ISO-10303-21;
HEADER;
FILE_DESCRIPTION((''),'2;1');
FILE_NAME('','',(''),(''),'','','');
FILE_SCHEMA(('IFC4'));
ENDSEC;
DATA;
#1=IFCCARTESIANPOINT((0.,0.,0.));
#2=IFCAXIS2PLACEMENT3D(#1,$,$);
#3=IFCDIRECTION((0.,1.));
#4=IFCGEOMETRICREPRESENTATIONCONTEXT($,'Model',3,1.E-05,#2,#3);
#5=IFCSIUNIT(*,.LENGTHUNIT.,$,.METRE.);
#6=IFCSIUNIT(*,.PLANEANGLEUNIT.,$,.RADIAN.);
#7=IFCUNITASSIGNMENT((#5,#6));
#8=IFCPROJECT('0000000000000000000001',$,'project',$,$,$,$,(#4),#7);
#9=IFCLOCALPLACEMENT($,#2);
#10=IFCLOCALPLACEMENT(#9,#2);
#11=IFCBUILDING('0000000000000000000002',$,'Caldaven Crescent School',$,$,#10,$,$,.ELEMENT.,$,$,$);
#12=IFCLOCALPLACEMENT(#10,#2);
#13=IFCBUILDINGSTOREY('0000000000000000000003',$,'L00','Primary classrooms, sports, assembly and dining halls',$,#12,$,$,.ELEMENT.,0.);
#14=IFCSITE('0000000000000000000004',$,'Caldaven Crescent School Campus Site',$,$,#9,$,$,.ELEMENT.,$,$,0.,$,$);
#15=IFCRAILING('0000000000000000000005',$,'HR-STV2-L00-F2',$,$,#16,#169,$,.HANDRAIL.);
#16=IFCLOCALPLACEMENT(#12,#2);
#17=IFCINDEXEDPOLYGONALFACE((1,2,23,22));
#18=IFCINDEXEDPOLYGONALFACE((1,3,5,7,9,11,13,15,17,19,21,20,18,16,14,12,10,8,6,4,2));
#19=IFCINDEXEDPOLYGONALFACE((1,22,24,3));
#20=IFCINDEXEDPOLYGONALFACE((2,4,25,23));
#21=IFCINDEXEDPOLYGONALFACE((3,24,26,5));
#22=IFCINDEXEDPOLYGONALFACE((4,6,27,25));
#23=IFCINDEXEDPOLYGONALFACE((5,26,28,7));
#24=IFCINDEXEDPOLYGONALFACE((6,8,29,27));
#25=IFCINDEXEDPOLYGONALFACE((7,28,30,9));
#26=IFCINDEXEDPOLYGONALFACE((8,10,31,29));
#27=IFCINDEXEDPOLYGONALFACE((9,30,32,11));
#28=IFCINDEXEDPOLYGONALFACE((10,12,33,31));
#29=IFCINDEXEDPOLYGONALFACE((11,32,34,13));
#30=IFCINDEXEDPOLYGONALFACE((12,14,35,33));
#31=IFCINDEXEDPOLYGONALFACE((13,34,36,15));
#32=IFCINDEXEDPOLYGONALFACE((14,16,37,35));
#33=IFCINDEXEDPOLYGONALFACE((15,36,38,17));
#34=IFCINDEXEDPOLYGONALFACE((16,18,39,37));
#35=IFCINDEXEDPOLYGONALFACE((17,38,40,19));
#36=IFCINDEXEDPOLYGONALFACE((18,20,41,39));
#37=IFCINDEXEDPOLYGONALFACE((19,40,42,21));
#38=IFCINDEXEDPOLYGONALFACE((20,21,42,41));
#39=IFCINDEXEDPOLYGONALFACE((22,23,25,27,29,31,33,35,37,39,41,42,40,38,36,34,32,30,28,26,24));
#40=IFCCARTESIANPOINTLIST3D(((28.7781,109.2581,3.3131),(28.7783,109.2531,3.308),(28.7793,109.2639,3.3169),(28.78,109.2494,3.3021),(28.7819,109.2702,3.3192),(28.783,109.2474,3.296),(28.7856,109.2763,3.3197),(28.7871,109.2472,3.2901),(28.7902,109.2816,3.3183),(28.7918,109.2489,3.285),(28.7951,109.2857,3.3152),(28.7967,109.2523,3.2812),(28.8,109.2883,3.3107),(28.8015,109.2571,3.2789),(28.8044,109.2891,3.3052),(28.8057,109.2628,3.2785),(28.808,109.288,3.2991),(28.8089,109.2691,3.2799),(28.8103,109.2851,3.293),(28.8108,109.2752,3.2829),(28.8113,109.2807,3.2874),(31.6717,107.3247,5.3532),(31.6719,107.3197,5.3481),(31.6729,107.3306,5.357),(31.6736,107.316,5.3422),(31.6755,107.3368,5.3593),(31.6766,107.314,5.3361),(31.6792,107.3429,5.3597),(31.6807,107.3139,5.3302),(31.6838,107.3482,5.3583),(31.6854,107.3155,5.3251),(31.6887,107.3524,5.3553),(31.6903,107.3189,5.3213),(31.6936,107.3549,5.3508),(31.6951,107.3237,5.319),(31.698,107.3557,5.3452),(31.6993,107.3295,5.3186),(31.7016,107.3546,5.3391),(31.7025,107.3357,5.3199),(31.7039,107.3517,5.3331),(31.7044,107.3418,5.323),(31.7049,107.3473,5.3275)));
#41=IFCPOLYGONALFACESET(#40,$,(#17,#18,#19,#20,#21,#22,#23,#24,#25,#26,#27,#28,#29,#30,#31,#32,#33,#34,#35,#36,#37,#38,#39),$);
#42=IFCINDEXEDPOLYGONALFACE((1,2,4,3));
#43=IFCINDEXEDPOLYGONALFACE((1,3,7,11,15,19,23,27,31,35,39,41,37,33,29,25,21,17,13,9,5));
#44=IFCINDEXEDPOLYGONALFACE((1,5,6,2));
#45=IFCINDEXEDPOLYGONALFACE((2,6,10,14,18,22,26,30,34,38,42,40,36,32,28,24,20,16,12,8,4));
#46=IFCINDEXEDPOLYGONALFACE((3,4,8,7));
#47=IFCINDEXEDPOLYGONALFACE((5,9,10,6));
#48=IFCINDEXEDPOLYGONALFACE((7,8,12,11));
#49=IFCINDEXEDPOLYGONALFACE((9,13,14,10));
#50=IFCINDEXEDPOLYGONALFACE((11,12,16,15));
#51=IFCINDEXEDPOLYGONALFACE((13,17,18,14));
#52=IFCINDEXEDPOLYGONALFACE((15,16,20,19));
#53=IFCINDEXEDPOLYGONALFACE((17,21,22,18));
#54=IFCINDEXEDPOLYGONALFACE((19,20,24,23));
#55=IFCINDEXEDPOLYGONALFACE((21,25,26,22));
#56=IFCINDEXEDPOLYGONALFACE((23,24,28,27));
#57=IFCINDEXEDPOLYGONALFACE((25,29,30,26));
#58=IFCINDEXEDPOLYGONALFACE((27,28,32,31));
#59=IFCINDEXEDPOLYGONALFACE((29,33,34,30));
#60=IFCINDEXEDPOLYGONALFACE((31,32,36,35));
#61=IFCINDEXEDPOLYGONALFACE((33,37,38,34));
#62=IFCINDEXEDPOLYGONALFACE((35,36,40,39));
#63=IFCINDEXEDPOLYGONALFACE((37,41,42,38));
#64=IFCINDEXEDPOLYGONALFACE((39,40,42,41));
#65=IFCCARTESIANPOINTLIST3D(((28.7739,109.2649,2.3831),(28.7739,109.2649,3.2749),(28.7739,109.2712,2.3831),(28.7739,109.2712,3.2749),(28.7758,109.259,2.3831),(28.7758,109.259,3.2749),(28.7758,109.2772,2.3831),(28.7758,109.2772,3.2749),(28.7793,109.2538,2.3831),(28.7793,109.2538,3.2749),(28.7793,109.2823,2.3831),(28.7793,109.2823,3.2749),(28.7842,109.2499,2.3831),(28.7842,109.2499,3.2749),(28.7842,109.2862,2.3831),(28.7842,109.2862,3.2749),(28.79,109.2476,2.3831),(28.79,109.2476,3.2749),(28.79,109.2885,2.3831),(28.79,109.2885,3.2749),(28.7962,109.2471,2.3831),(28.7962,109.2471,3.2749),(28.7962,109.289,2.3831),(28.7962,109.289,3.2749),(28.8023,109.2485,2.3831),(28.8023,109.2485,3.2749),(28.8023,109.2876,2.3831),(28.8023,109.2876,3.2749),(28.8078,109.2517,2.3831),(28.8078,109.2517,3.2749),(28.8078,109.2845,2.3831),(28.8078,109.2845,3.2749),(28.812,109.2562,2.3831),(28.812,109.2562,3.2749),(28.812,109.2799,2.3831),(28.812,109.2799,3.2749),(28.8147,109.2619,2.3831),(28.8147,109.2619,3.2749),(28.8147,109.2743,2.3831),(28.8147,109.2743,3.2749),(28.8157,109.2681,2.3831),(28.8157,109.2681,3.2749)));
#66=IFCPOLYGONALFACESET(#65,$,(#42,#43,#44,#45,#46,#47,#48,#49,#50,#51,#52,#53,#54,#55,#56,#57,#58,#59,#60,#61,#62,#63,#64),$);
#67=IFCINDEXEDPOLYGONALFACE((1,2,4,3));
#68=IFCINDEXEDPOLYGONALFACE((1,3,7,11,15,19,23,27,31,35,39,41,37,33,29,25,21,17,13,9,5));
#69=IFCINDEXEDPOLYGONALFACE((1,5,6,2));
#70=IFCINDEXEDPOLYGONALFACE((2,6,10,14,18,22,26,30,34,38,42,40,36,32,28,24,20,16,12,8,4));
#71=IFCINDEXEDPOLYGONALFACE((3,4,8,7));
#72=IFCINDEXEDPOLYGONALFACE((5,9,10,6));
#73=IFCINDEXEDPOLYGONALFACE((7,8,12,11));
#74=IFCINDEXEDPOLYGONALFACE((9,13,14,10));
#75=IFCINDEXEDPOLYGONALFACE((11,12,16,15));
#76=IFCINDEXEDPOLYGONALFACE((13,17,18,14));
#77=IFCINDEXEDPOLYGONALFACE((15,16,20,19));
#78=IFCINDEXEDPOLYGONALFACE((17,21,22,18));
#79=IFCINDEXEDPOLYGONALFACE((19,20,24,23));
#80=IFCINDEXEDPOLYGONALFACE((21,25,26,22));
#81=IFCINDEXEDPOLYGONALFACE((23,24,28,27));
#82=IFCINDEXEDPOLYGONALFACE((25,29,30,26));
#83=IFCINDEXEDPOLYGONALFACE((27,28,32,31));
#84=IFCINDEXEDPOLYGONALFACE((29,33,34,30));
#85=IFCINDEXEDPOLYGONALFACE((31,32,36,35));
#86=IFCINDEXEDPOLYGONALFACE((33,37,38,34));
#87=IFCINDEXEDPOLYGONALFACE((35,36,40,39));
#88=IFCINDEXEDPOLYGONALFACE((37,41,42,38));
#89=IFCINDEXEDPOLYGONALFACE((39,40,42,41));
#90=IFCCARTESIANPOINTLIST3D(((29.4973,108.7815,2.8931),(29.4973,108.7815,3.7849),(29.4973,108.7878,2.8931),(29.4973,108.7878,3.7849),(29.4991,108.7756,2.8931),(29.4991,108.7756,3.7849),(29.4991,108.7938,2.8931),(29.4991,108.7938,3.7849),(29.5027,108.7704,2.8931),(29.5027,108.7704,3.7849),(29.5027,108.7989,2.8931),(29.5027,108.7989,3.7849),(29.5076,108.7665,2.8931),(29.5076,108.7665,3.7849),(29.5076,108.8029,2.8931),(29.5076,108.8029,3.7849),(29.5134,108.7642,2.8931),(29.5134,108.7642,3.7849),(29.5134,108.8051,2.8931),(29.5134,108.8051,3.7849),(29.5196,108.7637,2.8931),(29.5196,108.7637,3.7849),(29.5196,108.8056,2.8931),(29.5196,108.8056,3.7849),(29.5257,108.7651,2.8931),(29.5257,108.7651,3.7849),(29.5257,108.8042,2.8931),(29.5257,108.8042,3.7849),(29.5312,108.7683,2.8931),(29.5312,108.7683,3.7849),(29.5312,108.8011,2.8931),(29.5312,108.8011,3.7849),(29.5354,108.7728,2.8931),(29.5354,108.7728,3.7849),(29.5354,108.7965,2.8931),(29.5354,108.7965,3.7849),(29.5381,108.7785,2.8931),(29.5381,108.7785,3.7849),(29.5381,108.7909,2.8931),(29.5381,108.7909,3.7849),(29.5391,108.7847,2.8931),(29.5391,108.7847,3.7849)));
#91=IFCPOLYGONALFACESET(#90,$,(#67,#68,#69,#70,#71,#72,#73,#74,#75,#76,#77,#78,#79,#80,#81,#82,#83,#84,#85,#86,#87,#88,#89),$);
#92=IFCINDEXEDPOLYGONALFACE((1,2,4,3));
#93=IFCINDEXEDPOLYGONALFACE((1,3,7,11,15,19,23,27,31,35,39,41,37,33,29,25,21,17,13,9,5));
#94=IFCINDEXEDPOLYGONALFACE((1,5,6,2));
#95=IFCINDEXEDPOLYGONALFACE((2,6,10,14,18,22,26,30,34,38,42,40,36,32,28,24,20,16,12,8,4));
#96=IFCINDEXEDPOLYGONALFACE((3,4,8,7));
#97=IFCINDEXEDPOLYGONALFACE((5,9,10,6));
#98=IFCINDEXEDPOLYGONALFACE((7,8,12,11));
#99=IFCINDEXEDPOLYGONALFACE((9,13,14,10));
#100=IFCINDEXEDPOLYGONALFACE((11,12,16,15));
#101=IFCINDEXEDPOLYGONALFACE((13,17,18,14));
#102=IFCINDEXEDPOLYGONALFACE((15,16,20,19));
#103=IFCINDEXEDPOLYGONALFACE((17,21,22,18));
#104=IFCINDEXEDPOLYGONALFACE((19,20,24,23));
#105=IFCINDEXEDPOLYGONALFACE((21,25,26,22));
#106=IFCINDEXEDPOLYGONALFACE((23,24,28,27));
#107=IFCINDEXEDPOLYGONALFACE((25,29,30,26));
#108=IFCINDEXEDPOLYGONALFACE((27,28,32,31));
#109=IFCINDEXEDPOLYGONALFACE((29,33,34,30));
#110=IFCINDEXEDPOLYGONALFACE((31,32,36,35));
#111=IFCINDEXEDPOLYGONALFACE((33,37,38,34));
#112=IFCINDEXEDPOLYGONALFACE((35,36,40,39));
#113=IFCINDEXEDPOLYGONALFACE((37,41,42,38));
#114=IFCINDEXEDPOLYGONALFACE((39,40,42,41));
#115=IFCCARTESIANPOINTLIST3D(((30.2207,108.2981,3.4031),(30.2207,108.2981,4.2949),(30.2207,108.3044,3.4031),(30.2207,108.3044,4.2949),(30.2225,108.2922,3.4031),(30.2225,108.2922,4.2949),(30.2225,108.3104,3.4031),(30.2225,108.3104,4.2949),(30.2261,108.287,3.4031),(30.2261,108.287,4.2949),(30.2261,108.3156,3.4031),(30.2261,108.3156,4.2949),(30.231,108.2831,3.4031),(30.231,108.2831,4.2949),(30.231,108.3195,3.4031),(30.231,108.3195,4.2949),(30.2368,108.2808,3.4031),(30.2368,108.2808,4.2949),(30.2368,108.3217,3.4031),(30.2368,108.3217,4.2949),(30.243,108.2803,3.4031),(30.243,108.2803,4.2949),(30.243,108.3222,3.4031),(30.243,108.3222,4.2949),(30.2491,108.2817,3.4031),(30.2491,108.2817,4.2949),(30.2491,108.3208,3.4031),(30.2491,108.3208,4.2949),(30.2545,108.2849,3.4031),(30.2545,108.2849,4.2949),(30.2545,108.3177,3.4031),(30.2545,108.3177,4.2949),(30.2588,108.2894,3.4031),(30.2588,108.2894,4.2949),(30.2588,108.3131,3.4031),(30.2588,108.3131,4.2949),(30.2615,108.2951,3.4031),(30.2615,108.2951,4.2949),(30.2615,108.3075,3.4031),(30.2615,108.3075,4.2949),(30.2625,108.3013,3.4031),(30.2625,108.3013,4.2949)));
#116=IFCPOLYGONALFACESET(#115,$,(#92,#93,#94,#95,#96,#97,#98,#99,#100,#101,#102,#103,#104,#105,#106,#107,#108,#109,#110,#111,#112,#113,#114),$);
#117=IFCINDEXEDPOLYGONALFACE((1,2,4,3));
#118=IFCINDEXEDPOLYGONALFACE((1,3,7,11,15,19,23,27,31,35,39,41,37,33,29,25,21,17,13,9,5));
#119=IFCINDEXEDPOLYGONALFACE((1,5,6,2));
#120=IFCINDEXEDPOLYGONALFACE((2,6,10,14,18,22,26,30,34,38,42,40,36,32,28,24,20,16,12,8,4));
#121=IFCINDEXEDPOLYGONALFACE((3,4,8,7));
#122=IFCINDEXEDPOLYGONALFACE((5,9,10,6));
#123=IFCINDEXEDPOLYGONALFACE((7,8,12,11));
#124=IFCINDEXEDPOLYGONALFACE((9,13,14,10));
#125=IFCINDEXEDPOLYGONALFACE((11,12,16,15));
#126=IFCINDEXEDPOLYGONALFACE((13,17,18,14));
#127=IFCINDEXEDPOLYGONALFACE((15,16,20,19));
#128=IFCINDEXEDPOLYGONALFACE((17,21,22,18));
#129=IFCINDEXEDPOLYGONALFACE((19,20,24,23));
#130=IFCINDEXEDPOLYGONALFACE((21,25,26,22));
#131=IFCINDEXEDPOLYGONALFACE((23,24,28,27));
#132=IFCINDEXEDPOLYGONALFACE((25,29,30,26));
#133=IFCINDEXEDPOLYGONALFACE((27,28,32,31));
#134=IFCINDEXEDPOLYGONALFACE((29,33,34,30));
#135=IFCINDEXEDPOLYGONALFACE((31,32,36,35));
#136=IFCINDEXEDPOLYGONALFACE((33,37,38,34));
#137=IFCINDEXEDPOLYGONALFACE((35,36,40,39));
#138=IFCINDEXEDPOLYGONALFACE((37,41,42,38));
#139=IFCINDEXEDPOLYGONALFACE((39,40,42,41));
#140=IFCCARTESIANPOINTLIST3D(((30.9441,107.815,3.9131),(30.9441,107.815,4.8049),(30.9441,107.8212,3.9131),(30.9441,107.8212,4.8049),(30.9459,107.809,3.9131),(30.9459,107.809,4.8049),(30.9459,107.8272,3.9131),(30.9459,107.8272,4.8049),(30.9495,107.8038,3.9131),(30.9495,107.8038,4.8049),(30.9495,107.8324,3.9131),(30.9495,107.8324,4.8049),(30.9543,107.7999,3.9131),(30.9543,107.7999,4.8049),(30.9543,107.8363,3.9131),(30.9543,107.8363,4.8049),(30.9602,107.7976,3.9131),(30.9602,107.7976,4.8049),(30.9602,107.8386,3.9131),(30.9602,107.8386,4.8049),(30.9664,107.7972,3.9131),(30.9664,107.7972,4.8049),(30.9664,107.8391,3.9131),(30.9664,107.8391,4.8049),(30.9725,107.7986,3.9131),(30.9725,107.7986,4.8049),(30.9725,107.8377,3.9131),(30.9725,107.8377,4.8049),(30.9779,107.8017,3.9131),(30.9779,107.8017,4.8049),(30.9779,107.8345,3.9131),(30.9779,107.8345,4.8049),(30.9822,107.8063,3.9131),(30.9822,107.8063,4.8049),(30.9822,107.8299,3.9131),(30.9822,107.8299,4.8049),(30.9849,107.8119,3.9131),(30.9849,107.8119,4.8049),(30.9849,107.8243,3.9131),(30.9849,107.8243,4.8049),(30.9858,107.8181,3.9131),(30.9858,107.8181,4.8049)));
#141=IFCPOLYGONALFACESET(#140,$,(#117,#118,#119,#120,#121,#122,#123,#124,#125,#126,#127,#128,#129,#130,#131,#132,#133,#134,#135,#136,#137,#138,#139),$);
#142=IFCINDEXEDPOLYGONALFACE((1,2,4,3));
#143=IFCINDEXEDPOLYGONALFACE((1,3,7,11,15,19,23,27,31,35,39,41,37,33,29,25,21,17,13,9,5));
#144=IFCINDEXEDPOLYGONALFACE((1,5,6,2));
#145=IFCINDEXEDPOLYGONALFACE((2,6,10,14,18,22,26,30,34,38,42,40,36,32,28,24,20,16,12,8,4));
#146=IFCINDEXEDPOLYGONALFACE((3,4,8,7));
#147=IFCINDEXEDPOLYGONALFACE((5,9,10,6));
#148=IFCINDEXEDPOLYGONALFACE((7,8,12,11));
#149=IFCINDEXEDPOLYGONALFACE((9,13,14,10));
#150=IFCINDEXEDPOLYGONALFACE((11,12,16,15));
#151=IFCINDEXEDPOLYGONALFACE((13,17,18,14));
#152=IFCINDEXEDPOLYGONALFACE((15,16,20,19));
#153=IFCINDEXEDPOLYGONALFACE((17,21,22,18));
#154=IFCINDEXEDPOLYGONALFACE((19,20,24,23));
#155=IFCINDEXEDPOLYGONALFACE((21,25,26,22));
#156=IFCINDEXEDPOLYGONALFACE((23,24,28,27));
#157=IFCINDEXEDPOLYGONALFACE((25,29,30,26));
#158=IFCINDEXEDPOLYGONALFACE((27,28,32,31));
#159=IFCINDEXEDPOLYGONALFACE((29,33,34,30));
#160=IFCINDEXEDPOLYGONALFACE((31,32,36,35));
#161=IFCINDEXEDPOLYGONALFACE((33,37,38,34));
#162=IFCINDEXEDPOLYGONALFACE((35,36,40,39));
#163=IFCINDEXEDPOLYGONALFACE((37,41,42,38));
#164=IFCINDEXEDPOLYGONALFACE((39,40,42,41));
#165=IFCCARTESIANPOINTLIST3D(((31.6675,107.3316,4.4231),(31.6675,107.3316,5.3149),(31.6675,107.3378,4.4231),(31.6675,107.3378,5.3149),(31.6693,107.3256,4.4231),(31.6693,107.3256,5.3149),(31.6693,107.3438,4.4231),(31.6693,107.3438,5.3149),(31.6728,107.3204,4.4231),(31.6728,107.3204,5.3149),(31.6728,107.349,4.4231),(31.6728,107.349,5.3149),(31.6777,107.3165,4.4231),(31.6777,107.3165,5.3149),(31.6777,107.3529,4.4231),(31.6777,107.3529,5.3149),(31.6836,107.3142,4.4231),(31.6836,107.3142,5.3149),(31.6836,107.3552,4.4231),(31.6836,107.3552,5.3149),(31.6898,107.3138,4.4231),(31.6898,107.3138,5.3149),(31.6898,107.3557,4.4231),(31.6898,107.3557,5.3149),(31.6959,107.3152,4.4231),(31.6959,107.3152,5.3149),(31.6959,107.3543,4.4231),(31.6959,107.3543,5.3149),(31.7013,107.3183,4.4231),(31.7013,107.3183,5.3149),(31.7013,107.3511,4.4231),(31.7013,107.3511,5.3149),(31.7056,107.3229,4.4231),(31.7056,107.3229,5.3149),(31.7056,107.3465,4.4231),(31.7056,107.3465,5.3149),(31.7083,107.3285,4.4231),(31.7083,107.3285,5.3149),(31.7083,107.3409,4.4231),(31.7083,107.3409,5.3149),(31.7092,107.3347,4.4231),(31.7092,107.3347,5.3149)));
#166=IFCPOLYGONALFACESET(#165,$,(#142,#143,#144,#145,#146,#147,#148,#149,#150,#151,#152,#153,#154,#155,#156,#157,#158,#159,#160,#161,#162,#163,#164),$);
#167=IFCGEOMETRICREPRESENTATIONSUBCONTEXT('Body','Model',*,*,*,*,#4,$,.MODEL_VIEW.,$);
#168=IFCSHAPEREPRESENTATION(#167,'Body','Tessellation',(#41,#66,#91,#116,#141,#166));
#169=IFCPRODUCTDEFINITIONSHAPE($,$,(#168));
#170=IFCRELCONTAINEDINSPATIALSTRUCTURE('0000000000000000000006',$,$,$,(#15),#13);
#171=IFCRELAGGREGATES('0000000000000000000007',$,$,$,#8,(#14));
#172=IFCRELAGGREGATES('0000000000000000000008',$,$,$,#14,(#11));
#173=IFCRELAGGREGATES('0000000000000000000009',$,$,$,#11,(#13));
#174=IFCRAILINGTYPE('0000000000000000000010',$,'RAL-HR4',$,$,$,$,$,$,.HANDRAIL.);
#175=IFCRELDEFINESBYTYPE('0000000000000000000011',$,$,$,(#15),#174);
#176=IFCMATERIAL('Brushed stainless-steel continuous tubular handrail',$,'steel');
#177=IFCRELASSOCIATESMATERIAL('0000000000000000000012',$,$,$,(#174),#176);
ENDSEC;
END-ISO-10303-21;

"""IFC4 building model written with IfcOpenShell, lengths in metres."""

from ifc_helpers import new_model, si_unit, direction, frame, origin, origin_2d, place, context, subcontext, project, spatial, circle, extrude, material, type_object, element, save


model = new_model("IFC4")

# Units and contexts
model_context = context("Model", 3, precision=1e-05, world=origin(), true_north=direction((0.0, 1.0)))
body_context = subcontext(model_context, "Body", "Model", "MODEL_VIEW")
ifc_project = project(units=[si_unit("LENGTHUNIT", "METRE"), si_unit("PLANEANGLEUNIT", "RADIAN")], contexts=[model_context])

# Site, building, storey
site_placement = place(None, origin())
site = spatial("IfcSite", under=ifc_project, at=site_placement, Name="Caldaven Crescent School Campus Site", CompositionType="ELEMENT", RefElevation=0.0)
building_placement = place(site_placement, origin())
building = spatial("IfcBuilding", under=site, at=building_placement, Name="Caldaven Crescent School", CompositionType="ELEMENT")
storey_placement = place(building_placement, origin())
storey = spatial("IfcBuildingStorey", under=building, at=storey_placement, Name="L00", Description="Primary classrooms, sports, assembly and dining halls", CompositionType="ELEMENT", Elevation=0.0)

# Railing
ifc_material_1 = material(Name="Brushed stainless-steel continuous tubular handrail", Category="steel")
railing_type = type_object("IfcRailingType", Name="RAL-HR4", PredefinedType="HANDRAIL", material=ifc_material_1)
railing_placement = place(storey_placement, frame((28.7947, 109.2681, 2.3831)))
element("IfcRailing", 1, at=railing_placement, inside=storey, type_object=railing_type, Name="HR-STV2-L00-F2", PredefinedType="HANDRAIL", context=body_context, shape_type="SweptSolid", body=[
    extrude(circle(Radius=0.0239, at=origin_2d()), frame((0.0, 0.0, 0.916), z_axis=(0.717311, -0.479277, 0.505725), x_axis=(0.555558, 0.831478, 0.0)), (0.0, 0.0, 1.0), 4.0339),
    extrude(circle(Radius=0.021, at=origin_2d()), origin(), (0.0, 0.0, 1.0), 0.8918),
    extrude(circle(Radius=0.021, at=origin_2d()), frame((0.7234, -0.4834, 0.51)), (0.0, 0.0, 1.0), 0.8918),
    extrude(circle(Radius=0.021, at=origin_2d()), frame((1.4468, -0.9668, 1.02)), (0.0, 0.0, 1.0), 0.8918),
    extrude(circle(Radius=0.021, at=origin_2d()), frame((2.1702, -1.45, 1.53)), (0.0, 0.0, 1.0), 0.8918),
    extrude(circle(Radius=0.021, at=origin_2d()), frame((2.8936, -1.9333, 2.04)), (0.0, 0.0, 1.0), 0.8918),
])

save(model, "model.ifc")
